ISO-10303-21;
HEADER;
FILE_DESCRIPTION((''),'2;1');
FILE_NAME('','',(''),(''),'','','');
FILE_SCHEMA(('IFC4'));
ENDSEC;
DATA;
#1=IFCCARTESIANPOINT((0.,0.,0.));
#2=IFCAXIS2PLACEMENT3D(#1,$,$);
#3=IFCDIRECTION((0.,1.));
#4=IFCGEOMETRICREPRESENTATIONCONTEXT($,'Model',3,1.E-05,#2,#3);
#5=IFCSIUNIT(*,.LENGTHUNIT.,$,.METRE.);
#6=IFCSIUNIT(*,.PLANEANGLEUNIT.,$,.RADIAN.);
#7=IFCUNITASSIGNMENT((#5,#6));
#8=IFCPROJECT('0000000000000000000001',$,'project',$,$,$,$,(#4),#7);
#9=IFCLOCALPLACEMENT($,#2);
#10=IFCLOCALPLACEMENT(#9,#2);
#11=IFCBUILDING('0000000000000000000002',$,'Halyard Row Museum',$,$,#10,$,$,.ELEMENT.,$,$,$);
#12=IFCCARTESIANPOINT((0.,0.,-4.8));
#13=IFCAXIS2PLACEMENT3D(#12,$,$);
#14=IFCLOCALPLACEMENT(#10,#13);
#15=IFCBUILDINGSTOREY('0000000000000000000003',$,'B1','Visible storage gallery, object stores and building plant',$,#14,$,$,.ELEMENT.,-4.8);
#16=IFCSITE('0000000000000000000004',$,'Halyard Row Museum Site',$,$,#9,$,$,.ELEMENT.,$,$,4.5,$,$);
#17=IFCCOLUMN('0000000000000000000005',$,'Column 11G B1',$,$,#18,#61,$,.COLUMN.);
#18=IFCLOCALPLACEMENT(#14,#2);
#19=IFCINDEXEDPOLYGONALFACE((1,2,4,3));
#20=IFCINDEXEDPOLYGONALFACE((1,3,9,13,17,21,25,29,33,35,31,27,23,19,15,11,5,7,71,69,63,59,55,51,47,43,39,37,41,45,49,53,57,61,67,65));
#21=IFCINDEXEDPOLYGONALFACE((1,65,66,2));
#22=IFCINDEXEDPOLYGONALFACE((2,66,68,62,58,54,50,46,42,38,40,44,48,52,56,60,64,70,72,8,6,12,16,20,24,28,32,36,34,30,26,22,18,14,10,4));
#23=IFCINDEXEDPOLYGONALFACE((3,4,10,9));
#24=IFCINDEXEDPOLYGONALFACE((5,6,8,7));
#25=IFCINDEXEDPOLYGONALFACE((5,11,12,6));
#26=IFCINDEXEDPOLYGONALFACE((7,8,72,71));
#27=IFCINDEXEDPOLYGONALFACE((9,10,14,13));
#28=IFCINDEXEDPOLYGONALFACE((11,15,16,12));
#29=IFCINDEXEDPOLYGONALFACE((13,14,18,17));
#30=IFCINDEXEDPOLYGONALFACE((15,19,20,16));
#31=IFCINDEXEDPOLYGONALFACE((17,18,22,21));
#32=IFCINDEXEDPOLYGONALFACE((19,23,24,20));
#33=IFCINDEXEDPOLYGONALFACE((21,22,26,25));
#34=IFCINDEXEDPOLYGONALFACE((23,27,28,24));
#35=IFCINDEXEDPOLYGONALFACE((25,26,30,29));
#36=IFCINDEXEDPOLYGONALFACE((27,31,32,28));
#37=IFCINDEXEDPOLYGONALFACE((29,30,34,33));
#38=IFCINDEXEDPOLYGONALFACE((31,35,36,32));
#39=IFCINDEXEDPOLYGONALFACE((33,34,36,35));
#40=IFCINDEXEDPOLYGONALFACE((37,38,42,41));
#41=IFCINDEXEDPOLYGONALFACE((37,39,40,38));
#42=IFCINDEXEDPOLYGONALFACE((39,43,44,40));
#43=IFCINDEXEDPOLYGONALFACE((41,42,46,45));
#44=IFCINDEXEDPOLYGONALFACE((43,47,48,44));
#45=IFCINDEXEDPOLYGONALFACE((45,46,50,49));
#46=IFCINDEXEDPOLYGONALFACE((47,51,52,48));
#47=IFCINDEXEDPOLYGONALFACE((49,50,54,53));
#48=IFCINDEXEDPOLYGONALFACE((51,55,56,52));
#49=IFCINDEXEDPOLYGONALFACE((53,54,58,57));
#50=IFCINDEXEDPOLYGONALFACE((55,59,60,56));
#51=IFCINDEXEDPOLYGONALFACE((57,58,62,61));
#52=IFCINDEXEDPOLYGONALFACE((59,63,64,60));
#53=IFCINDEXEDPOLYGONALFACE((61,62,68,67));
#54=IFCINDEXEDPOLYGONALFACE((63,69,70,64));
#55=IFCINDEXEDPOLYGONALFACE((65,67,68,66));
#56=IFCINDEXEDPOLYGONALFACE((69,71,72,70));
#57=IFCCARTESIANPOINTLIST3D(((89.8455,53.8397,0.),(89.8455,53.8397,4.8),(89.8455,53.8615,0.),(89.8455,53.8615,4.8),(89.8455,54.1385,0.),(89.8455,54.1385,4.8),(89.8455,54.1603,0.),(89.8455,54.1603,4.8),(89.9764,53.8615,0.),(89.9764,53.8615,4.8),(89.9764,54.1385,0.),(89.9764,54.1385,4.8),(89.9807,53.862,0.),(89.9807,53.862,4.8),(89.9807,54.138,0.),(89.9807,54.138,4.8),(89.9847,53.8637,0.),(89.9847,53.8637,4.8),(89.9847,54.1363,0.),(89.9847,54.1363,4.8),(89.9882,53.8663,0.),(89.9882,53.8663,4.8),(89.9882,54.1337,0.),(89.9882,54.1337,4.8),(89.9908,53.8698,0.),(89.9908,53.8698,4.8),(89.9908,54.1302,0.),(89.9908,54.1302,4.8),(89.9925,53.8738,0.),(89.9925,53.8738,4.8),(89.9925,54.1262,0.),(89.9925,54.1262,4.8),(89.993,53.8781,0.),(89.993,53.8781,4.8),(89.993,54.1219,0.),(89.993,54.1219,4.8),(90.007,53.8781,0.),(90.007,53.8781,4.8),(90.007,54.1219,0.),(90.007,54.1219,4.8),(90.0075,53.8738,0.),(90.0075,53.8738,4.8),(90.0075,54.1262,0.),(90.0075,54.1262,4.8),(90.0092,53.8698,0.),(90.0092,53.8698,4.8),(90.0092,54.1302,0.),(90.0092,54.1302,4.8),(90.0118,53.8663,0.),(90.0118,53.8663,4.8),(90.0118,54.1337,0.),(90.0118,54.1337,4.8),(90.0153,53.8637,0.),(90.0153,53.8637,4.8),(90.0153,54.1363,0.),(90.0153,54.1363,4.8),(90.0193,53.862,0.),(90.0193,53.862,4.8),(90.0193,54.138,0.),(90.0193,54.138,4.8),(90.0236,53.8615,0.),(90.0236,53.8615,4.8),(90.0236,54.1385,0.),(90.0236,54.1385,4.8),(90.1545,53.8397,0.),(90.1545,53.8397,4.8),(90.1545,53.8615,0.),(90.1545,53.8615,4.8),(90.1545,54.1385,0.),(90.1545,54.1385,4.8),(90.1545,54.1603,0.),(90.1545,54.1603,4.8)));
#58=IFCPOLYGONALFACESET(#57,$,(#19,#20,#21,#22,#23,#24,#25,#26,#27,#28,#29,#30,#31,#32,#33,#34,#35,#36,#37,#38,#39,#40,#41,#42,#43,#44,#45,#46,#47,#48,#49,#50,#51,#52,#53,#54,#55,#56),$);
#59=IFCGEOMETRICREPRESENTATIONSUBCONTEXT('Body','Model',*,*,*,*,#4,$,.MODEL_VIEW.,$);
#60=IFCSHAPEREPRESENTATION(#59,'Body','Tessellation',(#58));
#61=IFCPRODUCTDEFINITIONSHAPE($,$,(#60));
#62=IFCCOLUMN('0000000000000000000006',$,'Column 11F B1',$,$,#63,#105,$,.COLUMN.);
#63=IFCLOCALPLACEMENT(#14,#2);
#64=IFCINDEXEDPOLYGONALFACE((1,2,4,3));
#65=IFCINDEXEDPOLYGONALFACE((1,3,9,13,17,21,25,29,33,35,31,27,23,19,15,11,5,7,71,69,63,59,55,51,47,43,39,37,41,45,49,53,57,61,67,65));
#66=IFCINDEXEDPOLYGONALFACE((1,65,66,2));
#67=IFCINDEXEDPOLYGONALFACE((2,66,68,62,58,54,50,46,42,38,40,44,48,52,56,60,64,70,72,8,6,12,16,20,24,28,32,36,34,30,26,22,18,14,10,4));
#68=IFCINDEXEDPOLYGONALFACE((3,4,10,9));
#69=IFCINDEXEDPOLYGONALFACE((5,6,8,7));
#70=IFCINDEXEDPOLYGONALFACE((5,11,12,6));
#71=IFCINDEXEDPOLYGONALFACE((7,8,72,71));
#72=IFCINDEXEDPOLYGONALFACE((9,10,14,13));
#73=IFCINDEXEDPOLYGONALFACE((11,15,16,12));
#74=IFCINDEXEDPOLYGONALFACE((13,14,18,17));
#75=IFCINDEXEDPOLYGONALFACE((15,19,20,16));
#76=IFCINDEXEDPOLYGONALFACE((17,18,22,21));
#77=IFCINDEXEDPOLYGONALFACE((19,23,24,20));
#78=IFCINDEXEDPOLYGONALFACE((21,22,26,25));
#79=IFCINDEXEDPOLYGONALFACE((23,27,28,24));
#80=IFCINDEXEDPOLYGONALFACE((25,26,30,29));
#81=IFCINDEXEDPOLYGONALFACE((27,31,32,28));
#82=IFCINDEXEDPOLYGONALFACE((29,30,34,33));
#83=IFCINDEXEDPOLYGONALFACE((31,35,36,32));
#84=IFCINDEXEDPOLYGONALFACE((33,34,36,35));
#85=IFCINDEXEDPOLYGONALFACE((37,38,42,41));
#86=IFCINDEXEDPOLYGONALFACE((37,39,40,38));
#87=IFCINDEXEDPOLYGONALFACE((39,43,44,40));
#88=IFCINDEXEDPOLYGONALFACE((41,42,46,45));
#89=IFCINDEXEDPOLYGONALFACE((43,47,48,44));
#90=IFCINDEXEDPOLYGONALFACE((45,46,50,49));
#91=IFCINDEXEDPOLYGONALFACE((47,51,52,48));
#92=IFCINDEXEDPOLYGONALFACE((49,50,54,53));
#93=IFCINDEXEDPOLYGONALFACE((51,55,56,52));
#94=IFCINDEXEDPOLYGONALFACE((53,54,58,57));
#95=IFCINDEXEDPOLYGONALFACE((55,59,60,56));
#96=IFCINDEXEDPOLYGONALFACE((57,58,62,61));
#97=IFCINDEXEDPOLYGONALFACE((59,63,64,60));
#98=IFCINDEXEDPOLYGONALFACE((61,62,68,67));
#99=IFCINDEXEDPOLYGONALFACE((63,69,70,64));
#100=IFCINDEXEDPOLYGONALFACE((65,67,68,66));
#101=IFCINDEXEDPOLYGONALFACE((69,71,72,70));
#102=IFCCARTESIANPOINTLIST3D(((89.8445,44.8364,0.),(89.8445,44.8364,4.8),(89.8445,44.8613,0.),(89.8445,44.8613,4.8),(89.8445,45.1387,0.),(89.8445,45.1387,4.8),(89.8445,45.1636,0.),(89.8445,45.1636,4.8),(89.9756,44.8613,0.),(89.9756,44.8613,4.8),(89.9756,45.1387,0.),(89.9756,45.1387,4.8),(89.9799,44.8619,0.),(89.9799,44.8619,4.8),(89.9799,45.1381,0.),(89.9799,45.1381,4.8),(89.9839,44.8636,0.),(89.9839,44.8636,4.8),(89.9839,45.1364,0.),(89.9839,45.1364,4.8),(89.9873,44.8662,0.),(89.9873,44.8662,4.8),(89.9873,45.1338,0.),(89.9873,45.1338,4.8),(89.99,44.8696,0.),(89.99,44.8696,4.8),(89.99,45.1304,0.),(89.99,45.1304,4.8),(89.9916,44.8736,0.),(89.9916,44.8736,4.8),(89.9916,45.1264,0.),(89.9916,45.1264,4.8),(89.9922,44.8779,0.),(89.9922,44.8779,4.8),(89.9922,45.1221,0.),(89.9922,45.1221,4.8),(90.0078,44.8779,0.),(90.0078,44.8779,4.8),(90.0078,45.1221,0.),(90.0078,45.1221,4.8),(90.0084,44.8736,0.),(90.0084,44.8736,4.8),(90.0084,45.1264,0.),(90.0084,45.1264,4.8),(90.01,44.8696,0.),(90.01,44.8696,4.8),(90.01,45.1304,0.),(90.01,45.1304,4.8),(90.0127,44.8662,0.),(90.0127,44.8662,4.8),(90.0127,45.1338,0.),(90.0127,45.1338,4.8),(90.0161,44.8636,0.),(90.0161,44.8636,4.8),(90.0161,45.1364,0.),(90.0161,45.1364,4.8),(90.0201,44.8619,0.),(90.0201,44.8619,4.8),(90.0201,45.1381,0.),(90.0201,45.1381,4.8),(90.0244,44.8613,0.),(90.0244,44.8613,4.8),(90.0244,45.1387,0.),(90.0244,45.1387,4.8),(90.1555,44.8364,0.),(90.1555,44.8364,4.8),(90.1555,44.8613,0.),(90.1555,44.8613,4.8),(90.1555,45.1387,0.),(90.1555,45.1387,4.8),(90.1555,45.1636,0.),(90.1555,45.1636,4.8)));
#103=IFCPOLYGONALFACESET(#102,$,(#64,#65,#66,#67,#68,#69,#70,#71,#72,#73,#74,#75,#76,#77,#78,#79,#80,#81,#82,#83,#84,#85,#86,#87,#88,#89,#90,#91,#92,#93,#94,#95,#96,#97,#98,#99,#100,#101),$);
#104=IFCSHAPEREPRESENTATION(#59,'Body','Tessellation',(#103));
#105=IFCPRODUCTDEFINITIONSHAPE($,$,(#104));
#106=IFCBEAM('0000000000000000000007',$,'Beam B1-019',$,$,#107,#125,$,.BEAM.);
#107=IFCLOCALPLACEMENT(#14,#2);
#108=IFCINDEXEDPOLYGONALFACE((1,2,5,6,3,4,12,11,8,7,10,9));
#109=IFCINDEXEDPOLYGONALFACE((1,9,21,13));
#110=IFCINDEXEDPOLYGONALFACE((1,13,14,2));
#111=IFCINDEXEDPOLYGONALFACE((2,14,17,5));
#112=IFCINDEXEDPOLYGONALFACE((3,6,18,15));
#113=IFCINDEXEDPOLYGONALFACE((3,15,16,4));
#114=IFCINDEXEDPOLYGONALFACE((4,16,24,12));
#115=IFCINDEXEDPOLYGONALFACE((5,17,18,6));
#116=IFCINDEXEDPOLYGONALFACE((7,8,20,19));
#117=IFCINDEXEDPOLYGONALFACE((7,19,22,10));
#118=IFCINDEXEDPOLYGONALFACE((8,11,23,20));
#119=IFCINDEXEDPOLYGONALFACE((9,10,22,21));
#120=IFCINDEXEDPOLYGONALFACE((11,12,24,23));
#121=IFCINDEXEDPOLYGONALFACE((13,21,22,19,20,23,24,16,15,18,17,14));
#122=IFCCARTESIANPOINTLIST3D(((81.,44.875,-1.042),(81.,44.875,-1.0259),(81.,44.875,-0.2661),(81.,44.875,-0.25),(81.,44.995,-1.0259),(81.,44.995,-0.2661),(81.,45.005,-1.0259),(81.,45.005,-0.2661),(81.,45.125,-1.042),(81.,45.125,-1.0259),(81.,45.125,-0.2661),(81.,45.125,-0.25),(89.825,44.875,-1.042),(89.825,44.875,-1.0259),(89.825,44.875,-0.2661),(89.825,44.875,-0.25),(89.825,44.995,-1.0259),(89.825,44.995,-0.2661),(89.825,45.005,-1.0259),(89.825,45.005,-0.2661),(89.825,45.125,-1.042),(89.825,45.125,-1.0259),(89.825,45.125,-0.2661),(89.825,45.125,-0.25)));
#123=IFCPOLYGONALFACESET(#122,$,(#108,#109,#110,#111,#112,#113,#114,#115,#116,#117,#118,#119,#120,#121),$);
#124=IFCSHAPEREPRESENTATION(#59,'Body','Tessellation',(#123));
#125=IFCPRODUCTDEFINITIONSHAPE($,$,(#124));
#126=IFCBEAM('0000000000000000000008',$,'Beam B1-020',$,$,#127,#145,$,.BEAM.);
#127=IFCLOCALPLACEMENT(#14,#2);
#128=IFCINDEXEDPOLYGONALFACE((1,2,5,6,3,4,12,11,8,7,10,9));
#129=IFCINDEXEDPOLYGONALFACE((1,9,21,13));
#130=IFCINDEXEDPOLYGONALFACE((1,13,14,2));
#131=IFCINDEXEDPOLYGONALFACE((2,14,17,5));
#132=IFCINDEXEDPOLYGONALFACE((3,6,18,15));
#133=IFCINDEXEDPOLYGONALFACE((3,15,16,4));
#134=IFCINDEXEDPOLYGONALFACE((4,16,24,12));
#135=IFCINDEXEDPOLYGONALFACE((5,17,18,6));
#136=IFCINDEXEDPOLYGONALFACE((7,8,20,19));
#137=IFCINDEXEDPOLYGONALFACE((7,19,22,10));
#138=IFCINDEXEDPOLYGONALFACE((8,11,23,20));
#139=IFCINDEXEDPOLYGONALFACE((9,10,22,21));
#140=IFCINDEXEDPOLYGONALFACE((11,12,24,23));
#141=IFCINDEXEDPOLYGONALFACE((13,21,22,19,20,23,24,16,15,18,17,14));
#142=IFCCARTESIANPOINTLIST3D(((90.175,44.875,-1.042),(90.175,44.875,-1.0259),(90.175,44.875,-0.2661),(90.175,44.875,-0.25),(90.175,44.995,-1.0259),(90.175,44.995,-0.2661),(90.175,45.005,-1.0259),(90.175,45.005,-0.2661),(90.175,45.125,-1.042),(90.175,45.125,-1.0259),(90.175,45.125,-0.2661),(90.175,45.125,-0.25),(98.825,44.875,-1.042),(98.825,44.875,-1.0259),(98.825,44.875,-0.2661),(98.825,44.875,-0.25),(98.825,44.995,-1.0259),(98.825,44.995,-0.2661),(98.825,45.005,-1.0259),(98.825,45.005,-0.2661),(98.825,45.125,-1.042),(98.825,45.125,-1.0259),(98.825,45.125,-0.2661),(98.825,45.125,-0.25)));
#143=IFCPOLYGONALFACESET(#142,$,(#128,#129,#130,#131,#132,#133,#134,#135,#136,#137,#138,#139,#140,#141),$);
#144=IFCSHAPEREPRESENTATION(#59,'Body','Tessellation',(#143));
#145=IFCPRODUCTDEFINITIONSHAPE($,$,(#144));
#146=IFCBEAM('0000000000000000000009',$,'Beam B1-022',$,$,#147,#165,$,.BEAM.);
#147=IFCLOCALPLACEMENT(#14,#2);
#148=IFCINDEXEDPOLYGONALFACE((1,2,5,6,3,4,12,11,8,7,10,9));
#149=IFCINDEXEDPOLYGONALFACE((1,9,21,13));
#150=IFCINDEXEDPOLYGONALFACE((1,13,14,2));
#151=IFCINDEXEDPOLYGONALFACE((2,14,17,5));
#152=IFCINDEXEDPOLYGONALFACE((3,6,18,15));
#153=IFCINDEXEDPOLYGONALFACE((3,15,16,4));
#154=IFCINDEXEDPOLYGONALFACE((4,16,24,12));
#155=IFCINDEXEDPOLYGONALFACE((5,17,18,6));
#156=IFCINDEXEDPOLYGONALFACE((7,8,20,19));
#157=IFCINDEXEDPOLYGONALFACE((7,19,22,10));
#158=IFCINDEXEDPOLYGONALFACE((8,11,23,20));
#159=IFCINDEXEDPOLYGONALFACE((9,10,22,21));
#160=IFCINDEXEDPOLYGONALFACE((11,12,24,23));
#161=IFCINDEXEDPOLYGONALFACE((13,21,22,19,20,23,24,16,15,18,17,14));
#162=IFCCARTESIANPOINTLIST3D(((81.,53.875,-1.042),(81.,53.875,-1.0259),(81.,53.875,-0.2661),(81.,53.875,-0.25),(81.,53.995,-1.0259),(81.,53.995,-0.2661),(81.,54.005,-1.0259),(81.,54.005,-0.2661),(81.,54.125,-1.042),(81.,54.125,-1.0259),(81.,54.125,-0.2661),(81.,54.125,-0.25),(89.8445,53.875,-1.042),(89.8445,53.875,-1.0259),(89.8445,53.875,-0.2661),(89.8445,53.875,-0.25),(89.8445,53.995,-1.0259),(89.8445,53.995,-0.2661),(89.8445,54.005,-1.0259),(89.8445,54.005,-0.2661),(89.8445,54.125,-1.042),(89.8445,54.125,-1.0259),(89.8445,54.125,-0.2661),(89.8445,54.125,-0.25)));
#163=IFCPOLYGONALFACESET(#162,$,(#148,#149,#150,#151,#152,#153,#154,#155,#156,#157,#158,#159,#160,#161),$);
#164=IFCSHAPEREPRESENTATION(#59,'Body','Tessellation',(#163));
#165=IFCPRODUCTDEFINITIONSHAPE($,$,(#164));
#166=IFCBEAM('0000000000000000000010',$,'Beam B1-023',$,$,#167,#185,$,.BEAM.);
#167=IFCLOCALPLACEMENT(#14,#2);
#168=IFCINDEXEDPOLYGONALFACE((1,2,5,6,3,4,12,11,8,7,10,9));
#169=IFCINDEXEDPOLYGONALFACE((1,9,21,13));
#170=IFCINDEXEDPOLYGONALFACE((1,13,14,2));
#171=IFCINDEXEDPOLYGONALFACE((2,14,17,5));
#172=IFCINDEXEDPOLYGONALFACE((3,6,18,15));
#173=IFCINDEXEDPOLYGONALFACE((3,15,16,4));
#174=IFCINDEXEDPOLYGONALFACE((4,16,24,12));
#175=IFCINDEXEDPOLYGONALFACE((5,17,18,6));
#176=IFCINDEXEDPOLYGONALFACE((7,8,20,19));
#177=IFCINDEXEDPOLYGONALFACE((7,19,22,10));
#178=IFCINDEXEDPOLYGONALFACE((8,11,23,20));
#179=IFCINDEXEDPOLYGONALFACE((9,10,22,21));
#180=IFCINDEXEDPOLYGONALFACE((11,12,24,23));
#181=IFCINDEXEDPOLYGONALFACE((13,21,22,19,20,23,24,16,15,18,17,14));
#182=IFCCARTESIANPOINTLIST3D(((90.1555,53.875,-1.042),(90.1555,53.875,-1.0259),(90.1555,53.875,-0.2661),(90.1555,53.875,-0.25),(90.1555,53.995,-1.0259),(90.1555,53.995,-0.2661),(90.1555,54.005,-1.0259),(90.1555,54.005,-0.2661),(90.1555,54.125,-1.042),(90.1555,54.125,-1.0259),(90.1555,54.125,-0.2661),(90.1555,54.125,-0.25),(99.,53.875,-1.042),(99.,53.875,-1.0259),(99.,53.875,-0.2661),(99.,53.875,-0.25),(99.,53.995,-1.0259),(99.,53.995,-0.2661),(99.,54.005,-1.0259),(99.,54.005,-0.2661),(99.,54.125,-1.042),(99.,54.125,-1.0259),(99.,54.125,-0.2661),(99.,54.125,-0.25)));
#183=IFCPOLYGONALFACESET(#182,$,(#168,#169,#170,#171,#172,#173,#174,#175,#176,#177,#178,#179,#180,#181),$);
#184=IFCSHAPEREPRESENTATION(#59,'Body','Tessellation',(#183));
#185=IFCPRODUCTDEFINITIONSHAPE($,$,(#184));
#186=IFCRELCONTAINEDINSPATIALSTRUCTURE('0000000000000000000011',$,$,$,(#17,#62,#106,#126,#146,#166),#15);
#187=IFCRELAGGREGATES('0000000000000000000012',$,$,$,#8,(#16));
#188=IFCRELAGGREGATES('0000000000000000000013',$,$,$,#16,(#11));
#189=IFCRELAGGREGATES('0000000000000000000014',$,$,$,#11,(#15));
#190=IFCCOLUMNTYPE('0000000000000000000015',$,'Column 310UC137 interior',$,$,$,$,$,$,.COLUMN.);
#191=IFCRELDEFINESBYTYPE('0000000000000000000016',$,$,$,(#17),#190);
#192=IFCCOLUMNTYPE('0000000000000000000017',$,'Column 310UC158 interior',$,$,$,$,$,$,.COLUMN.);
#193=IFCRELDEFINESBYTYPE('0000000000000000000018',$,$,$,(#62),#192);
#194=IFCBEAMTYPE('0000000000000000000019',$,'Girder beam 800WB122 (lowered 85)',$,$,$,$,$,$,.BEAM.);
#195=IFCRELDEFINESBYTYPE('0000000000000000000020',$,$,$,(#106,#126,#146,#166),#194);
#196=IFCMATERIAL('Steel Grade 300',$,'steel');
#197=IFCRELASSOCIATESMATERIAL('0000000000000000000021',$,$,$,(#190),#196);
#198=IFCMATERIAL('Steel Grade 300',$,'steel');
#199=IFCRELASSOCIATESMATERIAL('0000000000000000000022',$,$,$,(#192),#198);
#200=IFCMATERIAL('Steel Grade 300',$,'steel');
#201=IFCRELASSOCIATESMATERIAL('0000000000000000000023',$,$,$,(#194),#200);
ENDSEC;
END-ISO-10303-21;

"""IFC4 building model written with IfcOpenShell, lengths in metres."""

from ifc_helpers import new_model, si_unit, direction, frame, origin, origin_2d, place, context, subcontext, project, spatial, i_section, extrude, material, material_profile, profile_set, type_object, element, save


model = new_model("IFC4")

# Units and contexts
model_context = context("Model", 3, precision=1e-05, world=origin(), true_north=direction((0.0, 1.0)))
body_context = subcontext(model_context, "Body", "Model", "MODEL_VIEW")
ifc_project = project(units=[si_unit("LENGTHUNIT", "METRE"), si_unit("PLANEANGLEUNIT", "RADIAN")], contexts=[model_context])

# Site, building, storey
site_placement = place(None, origin())
site = spatial("IfcSite", under=ifc_project, at=site_placement, Name="Halyard Row Museum Site", CompositionType="ELEMENT", RefElevation=4.5)
building_placement = place(site_placement, origin())
building = spatial("IfcBuilding", under=site, at=building_placement, Name="Halyard Row Museum", CompositionType="ELEMENT")
storey_placement = place(building_placement, frame((0.0, 0.0, -4.8)))
storey = spatial("IfcBuildingStorey", under=building, at=storey_placement, Name="B1", Description="Visible storage gallery, object stores and building plant", CompositionType="ELEMENT", Elevation=-4.8)

# Columns
ifc_material_1 = material(Name="Steel Grade 300", Category="steel")
ifc_material_profile_1 = material_profile(ifc_material_1, i_section(OverallWidth=0.3091, OverallDepth=0.3206, WebThickness=0.0139, FlangeThickness=0.0217, FilletRadius=0.0166, at=origin_2d()), Name="310UC137")
ifc_profile_set_1 = profile_set([ifc_material_profile_1], Name="Steel Grade 300")
column_type_1 = type_object("IfcColumnType", Name="Column 310UC137 interior", PredefinedType="COLUMN", material=ifc_profile_set_1)
column_1_placement = place(storey_placement, frame((90.0, 54.0, 0.0), z_axis=(0.0, 0.0, 1.0), x_axis=(1.0, 0.0, 0.0)))
element("IfcColumn", 1, at=column_1_placement, inside=storey, type_object=column_type_1, Name="Column 11G B1", PredefinedType="COLUMN", context=body_context, shape_type="SweptSolid", body=[
    extrude(i_section(OverallWidth=0.3091, OverallDepth=0.3206, WebThickness=0.0139, FlangeThickness=0.0217, FilletRadius=0.0166, at=origin_2d()), origin(), (0.0, 0.0, 1.0), 4.8),
])
ifc_material_2 = material(Name="Steel Grade 300", Category="steel")
ifc_material_profile_2 = material_profile(ifc_material_2, i_section(OverallWidth=0.311, OverallDepth=0.3271, WebThickness=0.0156, FlangeThickness=0.0249, FilletRadius=0.0166, at=origin_2d()), Name="310UC158")
ifc_profile_set_2 = profile_set([ifc_material_profile_2], Name="Steel Grade 300")
column_type_2 = type_object("IfcColumnType", Name="Column 310UC158 interior", PredefinedType="COLUMN", material=ifc_profile_set_2)
column_2_placement = place(storey_placement, frame((90.0, 45.0, 0.0), z_axis=(0.0, 0.0, 1.0), x_axis=(1.0, 0.0, 0.0)))
element("IfcColumn", 2, at=column_2_placement, inside=storey, type_object=column_type_2, Name="Column 11F B1", PredefinedType="COLUMN", context=body_context, shape_type="SweptSolid", body=[
    extrude(i_section(OverallWidth=0.311, OverallDepth=0.3271, WebThickness=0.0156, FlangeThickness=0.0249, FilletRadius=0.0166, at=origin_2d()), origin(), (0.0, 0.0, 1.0), 4.8),
])

# Beams
ifc_material_3 = material(Name="Steel Grade 300", Category="steel")
ifc_material_profile_3 = material_profile(ifc_material_3, i_section(OverallWidth=0.25, OverallDepth=0.792, WebThickness=0.01, FlangeThickness=0.0161, at=origin_2d()), Name="800WB122")
ifc_profile_set_3 = profile_set([ifc_material_profile_3], Name="Steel Grade 300")
beam_type_1 = type_object("IfcBeamType", Name="Girder beam 800WB122 (lowered 85)", PredefinedType="BEAM", material=ifc_profile_set_3)
beam_1_placement = place(storey_placement, frame((81.0, 45.0, -0.646), z_axis=(1.0, 0.0, 0.0), x_axis=(0.0, 1.0, 0.0)))
element("IfcBeam", 3, at=beam_1_placement, inside=storey, type_object=beam_type_1, Name="Beam B1-019", PredefinedType="BEAM", context=body_context, shape_type="SweptSolid", body=[
    extrude(i_section(OverallWidth=0.25, OverallDepth=0.792, WebThickness=0.01, FlangeThickness=0.0161, at=origin_2d()), origin(), (0.0, 0.0, 1.0), 8.825),
])
beam_2_placement = place(storey_placement, frame((90.175, 45.0, -0.646), z_axis=(1.0, 0.0, 0.0), x_axis=(0.0, 1.0, 0.0)))
element("IfcBeam", 4, at=beam_2_placement, inside=storey, type_object=beam_type_1, Name="Beam B1-020", PredefinedType="BEAM", context=body_context, shape_type="SweptSolid", body=[
    extrude(i_section(OverallWidth=0.25, OverallDepth=0.792, WebThickness=0.01, FlangeThickness=0.0161, at=origin_2d()), origin(), (0.0, 0.0, 1.0), 8.6499),
])
for number, where, z_axis, x_axis, name in (
    (5, (81.0, 54.0, -0.646), (1.0, 0.0, 0.0), (0.0, 1.0, 0.0), "Beam B1-022"),
    (6, (90.1555, 54.0, -0.646), (1.0, 0.0, 0.0), (0.0, 1.0, 0.0), "Beam B1-023"),
):
    element("IfcBeam", number, at=place(storey_placement, frame(where, z_axis=z_axis, x_axis=x_axis)), inside=storey, type_object=beam_type_1, Name=name, PredefinedType="BEAM", context=body_context, shape_type="SweptSolid", body=[
        extrude(i_section(OverallWidth=0.25, OverallDepth=0.792, WebThickness=0.01, FlangeThickness=0.0161, at=origin_2d()), origin(), (0.0, 0.0, 1.0), 8.8445),
    ])

save(model, "model.ifc")
